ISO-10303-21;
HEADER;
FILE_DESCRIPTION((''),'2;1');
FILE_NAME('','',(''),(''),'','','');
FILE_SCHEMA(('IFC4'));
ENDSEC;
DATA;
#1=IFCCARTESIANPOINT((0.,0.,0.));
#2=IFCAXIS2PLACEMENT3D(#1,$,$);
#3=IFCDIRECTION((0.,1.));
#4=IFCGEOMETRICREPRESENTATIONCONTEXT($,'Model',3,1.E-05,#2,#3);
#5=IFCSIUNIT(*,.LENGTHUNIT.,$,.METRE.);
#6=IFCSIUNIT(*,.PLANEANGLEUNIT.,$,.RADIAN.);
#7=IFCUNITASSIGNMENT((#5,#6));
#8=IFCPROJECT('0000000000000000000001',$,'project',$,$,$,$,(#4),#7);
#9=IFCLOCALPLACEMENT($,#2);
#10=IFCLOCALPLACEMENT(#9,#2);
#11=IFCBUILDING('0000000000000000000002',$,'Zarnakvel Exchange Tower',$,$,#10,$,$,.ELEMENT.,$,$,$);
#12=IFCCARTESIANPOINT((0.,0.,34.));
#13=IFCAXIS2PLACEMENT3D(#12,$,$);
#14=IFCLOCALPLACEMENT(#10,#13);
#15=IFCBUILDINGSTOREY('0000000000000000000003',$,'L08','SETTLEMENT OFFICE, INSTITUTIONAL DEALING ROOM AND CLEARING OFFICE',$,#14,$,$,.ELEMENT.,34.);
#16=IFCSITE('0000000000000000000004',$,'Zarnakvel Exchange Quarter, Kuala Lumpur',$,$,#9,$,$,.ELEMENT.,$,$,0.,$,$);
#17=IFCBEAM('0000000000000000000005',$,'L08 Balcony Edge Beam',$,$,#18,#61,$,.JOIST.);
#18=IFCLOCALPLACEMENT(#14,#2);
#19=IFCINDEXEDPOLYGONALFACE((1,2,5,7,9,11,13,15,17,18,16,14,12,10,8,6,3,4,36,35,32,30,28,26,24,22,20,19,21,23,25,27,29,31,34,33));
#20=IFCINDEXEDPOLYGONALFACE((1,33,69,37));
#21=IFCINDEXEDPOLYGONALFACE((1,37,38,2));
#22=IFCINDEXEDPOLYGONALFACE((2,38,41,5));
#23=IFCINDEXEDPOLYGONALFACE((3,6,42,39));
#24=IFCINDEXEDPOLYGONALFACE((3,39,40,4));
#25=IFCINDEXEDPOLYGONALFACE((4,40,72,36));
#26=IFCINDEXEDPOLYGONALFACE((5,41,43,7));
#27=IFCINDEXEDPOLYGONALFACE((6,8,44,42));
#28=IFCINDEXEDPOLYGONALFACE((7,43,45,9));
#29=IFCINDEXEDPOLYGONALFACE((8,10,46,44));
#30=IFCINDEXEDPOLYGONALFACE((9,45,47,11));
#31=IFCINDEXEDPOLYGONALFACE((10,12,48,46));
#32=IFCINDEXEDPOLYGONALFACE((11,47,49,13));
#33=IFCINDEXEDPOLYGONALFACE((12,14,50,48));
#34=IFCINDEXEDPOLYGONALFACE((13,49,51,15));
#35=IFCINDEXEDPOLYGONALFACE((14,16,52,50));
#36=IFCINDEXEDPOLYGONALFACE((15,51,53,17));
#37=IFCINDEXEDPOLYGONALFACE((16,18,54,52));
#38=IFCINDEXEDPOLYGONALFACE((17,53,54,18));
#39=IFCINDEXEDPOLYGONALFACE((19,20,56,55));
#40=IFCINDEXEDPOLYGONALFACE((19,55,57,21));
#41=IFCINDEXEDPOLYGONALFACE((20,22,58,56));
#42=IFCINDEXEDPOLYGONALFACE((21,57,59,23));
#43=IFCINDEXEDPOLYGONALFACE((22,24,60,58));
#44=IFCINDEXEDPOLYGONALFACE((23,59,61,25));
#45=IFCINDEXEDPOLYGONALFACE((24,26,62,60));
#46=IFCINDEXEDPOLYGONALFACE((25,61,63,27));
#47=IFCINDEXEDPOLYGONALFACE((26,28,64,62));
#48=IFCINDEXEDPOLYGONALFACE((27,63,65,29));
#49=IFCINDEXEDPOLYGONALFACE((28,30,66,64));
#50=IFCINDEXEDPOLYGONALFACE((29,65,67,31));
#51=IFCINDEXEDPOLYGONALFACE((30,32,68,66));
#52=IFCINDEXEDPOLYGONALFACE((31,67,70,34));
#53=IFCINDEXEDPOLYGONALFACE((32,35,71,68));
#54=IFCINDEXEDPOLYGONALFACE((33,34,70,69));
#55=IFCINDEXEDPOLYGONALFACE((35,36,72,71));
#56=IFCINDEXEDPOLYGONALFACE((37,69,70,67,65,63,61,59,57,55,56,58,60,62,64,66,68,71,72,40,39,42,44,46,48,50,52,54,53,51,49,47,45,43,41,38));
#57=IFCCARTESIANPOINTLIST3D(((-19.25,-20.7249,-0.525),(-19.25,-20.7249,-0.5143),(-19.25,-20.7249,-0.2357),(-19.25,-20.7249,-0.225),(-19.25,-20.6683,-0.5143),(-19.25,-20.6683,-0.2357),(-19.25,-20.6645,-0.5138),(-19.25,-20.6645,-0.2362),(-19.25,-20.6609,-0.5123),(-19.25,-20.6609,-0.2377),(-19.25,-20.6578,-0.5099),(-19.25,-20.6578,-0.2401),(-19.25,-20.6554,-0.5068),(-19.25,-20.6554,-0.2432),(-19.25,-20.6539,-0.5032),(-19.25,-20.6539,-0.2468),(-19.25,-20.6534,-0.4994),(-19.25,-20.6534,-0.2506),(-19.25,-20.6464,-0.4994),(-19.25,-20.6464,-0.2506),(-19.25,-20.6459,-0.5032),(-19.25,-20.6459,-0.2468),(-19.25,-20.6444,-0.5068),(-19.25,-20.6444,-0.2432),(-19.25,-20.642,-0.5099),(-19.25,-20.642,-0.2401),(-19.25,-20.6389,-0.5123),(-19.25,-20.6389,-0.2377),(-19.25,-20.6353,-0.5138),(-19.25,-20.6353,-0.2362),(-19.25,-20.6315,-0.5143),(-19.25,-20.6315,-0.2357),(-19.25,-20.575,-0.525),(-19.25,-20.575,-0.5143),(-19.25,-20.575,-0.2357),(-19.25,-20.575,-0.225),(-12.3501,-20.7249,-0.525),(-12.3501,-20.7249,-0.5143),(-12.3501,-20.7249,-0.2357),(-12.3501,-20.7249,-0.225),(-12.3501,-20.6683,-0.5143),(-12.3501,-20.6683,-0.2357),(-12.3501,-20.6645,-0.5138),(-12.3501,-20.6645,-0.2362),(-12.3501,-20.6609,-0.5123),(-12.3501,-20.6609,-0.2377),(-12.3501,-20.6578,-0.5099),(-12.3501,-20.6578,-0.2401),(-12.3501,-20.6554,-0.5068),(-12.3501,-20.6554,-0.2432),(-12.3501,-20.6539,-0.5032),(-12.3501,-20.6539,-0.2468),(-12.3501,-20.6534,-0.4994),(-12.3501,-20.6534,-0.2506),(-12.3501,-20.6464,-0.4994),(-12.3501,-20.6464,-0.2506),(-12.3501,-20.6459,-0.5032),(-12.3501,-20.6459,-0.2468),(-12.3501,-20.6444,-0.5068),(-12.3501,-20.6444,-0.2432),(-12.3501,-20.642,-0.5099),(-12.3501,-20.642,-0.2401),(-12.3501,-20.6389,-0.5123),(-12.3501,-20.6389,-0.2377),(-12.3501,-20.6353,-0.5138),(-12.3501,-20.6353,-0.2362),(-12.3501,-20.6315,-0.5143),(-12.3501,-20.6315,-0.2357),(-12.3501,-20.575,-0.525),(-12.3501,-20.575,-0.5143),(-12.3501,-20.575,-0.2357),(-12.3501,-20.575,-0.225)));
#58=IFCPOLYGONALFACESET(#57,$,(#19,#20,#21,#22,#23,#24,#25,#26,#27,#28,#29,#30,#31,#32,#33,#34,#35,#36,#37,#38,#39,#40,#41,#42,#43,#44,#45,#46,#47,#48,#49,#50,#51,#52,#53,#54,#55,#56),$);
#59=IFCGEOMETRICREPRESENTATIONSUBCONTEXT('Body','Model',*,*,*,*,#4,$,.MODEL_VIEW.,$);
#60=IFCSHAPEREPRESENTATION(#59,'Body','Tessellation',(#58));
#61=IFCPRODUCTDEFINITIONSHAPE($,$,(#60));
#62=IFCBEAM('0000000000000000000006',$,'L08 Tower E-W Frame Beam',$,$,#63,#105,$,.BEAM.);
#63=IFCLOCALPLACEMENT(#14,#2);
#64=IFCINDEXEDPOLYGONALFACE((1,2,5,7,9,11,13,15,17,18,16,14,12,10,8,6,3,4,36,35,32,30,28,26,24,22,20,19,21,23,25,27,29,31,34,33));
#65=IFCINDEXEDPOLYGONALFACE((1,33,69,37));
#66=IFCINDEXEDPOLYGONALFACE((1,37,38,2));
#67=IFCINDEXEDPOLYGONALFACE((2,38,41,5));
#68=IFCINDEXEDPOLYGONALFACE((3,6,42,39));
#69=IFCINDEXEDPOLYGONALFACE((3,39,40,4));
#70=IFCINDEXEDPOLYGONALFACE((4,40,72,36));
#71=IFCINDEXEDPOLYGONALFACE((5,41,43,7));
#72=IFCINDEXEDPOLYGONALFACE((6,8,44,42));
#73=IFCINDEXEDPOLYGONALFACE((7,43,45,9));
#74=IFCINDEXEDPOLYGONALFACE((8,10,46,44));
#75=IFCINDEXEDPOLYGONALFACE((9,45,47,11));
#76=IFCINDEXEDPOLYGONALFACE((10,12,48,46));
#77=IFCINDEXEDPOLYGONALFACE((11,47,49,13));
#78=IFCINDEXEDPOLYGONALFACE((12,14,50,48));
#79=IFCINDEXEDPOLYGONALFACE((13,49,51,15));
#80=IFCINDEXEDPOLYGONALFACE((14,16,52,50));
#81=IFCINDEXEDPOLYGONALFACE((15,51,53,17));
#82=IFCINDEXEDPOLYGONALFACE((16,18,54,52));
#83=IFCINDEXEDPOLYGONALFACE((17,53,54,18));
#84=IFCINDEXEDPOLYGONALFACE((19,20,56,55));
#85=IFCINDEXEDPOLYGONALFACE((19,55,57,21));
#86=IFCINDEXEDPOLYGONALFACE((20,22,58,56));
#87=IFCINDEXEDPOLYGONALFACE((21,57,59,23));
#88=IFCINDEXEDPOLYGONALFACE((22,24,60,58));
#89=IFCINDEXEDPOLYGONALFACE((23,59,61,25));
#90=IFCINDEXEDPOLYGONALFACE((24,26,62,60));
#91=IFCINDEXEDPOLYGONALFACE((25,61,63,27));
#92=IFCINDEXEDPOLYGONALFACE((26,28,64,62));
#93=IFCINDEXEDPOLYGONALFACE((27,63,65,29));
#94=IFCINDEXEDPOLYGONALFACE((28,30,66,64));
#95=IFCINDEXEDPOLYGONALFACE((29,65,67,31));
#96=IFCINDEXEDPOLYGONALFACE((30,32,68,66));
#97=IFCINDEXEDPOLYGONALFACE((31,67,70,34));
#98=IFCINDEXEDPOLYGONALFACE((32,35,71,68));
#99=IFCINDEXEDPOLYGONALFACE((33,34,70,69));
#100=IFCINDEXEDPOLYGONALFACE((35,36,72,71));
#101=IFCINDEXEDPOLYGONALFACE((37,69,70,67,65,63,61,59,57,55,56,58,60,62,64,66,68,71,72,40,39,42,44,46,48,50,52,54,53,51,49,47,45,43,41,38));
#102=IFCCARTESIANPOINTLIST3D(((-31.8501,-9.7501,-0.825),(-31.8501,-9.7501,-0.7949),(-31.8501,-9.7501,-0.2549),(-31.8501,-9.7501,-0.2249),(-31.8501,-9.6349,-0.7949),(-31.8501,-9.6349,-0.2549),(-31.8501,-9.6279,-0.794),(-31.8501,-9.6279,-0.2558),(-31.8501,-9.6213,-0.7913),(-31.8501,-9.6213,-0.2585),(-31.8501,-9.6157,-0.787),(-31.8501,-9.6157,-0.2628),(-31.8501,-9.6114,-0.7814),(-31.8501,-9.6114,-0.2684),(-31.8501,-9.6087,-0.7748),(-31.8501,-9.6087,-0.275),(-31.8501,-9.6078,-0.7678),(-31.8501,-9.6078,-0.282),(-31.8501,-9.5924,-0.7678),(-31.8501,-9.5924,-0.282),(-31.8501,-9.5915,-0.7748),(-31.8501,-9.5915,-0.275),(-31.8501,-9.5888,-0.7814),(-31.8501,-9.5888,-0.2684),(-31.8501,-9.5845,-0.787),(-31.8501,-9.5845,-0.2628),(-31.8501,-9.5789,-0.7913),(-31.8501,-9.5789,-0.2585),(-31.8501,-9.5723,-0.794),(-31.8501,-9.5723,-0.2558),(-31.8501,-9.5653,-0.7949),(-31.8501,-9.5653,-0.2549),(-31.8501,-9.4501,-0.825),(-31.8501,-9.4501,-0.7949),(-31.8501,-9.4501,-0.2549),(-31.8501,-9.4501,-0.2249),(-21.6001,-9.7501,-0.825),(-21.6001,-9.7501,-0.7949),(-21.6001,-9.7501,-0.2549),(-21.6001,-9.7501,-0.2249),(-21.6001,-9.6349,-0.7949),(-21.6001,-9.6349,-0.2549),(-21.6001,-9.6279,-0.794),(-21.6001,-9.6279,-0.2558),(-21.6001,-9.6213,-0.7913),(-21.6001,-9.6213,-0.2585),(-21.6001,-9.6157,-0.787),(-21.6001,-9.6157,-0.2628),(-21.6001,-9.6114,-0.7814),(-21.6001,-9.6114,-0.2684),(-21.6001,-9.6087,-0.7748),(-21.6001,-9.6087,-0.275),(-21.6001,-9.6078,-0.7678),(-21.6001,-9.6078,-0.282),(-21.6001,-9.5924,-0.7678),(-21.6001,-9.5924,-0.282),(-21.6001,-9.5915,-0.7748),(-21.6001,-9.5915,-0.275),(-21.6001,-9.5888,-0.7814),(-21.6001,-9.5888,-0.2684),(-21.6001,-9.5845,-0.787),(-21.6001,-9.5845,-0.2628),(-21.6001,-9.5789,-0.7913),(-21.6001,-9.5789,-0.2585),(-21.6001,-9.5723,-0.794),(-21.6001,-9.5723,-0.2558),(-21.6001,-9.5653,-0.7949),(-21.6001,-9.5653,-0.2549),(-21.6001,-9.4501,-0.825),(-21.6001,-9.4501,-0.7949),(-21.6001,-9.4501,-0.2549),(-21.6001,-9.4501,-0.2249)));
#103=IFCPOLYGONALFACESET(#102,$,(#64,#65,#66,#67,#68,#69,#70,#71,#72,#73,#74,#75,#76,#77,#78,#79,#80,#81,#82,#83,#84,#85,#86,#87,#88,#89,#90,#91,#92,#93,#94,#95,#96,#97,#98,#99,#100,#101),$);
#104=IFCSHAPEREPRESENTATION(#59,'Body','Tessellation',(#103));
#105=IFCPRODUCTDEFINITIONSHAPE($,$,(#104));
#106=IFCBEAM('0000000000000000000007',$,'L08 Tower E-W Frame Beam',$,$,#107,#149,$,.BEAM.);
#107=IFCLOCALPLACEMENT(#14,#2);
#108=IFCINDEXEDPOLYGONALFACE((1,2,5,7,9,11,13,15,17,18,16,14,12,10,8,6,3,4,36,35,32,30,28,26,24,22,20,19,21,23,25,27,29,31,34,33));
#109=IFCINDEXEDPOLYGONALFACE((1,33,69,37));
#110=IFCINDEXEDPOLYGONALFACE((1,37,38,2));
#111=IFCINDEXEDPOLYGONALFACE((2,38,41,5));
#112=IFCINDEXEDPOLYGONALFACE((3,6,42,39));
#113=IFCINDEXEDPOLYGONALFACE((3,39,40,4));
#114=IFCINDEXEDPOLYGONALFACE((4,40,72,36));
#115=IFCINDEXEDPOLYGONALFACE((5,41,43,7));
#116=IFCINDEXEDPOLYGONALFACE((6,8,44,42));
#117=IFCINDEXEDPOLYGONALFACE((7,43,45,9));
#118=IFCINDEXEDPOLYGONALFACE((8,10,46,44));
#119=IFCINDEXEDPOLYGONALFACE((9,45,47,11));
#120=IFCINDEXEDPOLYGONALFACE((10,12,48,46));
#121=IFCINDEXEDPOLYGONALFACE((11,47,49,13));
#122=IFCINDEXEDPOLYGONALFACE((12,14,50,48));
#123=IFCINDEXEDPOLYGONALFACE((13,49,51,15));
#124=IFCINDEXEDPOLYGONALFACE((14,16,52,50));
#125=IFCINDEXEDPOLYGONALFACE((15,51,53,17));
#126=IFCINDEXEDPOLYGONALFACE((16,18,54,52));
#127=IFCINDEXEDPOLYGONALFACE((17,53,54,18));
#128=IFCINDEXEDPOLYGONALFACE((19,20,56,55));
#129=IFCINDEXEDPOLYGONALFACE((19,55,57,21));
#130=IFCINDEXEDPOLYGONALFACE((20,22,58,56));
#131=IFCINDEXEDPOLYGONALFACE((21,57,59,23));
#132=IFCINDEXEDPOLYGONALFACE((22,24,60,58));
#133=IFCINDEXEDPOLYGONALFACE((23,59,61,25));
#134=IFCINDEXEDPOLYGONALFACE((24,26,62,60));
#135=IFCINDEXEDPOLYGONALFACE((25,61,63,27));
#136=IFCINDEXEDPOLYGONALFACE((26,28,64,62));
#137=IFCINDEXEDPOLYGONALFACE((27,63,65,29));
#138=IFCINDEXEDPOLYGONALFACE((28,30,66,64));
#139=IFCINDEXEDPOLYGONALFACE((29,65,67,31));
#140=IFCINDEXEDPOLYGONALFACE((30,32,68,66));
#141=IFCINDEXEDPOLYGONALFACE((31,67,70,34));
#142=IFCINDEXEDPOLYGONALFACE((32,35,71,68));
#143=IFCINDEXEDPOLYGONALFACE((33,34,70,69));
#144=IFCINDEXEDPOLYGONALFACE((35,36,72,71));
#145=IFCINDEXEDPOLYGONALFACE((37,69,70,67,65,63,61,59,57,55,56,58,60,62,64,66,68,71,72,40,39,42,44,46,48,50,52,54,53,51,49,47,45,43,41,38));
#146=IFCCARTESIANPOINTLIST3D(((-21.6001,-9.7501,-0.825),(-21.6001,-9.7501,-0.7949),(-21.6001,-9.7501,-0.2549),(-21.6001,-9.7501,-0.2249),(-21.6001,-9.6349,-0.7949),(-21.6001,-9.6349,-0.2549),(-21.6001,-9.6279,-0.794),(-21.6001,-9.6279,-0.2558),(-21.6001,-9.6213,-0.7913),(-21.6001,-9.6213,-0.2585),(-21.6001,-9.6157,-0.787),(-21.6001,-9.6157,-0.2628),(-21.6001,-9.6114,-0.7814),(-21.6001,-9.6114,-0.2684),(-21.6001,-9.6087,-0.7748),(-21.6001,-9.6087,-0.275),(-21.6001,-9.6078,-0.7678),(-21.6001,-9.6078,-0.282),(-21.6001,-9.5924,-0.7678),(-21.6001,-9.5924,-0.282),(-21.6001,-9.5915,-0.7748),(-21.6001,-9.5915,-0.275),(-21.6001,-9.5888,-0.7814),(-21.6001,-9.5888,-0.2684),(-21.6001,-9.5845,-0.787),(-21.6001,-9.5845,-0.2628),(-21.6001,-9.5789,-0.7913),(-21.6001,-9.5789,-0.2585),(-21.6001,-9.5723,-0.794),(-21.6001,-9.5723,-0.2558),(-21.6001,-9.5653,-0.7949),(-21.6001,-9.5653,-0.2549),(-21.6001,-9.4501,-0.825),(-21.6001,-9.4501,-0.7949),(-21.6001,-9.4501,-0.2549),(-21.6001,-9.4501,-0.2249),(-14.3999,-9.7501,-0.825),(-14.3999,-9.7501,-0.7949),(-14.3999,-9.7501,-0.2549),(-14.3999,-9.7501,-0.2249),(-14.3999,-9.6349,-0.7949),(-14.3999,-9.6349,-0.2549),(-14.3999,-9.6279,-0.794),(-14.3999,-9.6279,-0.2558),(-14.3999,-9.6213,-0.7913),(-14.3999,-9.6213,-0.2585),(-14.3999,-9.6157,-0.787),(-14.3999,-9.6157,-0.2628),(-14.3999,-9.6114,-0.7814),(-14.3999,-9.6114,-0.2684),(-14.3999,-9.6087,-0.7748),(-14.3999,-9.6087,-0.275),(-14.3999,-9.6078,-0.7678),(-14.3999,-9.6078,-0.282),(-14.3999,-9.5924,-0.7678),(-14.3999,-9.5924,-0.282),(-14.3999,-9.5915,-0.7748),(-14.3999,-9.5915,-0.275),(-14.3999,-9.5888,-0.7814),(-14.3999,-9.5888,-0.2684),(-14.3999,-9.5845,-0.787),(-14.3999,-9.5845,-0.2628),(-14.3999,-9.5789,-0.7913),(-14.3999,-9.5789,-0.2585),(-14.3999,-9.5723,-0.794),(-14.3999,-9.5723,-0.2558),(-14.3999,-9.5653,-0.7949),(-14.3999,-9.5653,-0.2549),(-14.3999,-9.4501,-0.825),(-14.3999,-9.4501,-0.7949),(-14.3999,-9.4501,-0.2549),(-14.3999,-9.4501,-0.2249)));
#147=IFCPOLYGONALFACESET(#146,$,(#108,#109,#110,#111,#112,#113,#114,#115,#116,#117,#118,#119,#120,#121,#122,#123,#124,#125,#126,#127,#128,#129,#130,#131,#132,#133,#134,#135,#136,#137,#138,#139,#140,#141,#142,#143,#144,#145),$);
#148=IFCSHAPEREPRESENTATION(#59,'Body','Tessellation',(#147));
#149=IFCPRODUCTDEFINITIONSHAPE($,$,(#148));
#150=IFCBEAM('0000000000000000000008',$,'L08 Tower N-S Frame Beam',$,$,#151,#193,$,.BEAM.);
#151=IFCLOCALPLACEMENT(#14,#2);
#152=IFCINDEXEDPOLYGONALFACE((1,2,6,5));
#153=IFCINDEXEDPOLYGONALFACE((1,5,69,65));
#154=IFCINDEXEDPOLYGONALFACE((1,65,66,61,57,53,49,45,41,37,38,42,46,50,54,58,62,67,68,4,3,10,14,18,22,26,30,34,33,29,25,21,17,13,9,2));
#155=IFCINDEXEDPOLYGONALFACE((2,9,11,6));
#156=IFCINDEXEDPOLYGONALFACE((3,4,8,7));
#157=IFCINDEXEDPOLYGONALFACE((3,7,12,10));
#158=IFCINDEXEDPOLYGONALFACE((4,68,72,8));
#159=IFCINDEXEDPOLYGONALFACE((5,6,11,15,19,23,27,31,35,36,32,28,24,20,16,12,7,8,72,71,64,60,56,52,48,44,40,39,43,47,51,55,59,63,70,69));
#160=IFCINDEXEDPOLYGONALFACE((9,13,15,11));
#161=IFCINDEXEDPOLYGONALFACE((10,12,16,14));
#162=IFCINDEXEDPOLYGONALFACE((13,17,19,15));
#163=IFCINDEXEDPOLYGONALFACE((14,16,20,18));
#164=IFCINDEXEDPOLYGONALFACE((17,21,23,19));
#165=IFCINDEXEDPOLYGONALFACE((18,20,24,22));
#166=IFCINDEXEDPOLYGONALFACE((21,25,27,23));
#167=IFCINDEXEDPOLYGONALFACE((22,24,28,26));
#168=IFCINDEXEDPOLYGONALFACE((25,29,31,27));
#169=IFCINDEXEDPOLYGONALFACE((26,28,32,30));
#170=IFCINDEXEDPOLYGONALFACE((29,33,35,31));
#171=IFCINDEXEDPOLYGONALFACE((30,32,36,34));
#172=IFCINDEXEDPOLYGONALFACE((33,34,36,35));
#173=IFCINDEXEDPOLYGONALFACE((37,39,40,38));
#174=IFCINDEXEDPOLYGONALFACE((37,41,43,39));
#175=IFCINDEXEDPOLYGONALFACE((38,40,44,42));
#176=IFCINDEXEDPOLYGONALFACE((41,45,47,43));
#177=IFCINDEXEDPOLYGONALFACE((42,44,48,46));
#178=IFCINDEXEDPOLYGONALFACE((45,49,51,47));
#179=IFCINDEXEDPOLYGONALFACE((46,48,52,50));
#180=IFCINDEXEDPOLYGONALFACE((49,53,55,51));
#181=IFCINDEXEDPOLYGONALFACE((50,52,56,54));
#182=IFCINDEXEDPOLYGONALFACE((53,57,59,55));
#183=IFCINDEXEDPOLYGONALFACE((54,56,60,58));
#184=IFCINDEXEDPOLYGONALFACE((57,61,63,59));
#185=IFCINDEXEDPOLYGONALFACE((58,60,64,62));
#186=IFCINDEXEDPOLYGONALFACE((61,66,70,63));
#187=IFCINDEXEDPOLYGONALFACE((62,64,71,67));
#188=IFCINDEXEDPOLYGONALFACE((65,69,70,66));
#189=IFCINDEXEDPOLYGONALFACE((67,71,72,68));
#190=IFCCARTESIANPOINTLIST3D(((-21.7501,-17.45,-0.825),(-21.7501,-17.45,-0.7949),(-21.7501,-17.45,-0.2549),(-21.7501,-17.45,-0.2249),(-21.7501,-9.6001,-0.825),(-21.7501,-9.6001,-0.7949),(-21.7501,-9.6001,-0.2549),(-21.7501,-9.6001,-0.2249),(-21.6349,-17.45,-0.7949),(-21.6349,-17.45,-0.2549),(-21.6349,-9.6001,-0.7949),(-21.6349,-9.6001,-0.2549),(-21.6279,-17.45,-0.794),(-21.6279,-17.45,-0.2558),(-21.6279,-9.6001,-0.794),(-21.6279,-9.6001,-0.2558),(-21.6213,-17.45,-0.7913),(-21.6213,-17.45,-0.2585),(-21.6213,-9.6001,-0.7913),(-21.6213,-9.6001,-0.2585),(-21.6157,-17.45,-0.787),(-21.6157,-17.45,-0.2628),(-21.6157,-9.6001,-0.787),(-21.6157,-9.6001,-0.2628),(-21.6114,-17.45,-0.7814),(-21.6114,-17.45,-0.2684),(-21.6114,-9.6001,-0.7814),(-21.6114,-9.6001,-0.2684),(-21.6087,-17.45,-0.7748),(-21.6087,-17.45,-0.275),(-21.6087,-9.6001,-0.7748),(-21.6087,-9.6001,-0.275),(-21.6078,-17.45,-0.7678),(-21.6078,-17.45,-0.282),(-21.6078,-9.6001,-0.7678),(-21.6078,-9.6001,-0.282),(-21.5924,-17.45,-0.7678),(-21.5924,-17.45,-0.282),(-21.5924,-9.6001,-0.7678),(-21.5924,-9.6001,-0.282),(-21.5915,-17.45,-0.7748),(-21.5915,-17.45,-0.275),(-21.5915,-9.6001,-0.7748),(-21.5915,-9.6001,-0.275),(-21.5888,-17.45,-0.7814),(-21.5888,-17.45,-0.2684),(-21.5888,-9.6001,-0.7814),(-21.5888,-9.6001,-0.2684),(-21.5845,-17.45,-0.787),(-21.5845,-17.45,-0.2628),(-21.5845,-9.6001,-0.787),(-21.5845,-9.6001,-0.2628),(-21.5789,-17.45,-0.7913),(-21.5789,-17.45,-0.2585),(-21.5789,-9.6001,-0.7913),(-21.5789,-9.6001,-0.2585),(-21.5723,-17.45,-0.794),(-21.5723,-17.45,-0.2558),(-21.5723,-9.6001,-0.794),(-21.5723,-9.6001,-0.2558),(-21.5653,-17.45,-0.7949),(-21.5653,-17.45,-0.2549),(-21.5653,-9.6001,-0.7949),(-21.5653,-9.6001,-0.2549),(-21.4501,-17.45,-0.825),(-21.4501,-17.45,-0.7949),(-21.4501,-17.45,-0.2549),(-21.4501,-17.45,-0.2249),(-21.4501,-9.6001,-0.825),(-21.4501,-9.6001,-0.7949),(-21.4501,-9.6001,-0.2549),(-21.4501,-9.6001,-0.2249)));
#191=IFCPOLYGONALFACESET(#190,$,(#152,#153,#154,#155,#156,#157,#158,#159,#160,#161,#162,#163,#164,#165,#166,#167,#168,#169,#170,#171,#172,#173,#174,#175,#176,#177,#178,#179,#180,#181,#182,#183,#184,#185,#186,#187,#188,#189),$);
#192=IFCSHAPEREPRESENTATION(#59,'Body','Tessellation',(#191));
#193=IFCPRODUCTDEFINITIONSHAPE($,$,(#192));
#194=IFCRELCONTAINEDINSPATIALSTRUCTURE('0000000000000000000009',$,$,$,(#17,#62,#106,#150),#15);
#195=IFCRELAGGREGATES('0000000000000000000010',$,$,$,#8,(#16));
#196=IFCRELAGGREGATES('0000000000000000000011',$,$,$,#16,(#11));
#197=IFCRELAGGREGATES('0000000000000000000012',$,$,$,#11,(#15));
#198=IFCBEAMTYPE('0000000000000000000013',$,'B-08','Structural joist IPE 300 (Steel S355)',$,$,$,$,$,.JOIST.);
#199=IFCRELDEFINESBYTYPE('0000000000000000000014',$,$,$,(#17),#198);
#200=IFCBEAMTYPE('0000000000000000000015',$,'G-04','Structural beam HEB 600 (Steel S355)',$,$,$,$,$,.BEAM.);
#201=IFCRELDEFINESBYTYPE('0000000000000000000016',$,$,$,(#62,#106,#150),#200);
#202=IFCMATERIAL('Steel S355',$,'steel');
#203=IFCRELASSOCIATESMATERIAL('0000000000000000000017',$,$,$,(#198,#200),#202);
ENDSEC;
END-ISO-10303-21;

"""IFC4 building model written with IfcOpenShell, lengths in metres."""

from ifc_helpers import new_model, si_unit, direction, frame, origin, origin_2d, place, context, subcontext, project, spatial, i_section, extrude, material, material_profile, profile_set, type_object, element, save


model = new_model("IFC4")

# Units and contexts
model_context = context("Model", 3, precision=1e-05, world=origin(), true_north=direction((0.0, 1.0)))
body_context = subcontext(model_context, "Body", "Model", "MODEL_VIEW")
ifc_project = project(units=[si_unit("LENGTHUNIT", "METRE"), si_unit("PLANEANGLEUNIT", "RADIAN")], contexts=[model_context])

# Site, building, storey
site_placement = place(None, origin())
site = spatial("IfcSite", under=ifc_project, at=site_placement, Name="Zarnakvel Exchange Quarter, Kuala Lumpur", CompositionType="ELEMENT", RefElevation=0.0)
building_placement = place(site_placement, origin())
building = spatial("IfcBuilding", under=site, at=building_placement, Name="Zarnakvel Exchange Tower", CompositionType="ELEMENT")
storey_placement = place(building_placement, frame((0.0, 0.0, 34.0)))
storey = spatial("IfcBuildingStorey", under=building, at=storey_placement, Name="L08", Description="SETTLEMENT OFFICE, INSTITUTIONAL DEALING ROOM AND CLEARING OFFICE", CompositionType="ELEMENT", Elevation=34.0)

# Shared definitions
ifc_material_1 = material(Name="Steel S355", Category="steel")

# Beams
ifc_material_profile_1 = material_profile(ifc_material_1, i_section(OverallWidth=0.1499, OverallDepth=0.3, WebThickness=0.0071, FlangeThickness=0.0107, FilletRadius=0.0149, at=origin_2d()))
ifc_profile_set_1 = profile_set([ifc_material_profile_1], Name="Steel S355")
beam_type_1 = type_object("IfcBeamType", Name="B-08", Description="Structural joist IPE 300 (Steel S355)", PredefinedType="JOIST", material=ifc_profile_set_1)
beam_1_placement = place(storey_placement, frame((-19.25, -20.6499, -0.375), z_axis=(1.0, 0.0, 0.0), x_axis=(0.0, 1.0, 0.0)))
element("IfcBeam", 1, at=beam_1_placement, inside=storey, type_object=beam_type_1, Name="L08 Balcony Edge Beam", PredefinedType="JOIST", context=body_context, shape_type="SweptSolid", body=[
    extrude(i_section(OverallWidth=0.1499, OverallDepth=0.3, WebThickness=0.0071, FlangeThickness=0.0107, FilletRadius=0.0149, at=origin_2d()), origin(), (0.0, 0.0, 1.0), 6.8999),
])
ifc_material_profile_2 = material_profile(ifc_material_1, i_section(OverallWidth=0.3, OverallDepth=0.6001, WebThickness=0.0154, FlangeThickness=0.03, FilletRadius=0.0271, at=origin_2d()))
ifc_profile_set_2 = profile_set([ifc_material_profile_2], Name="Steel S355")
beam_type_2 = type_object("IfcBeamType", Name="G-04", Description="Structural beam HEB 600 (Steel S355)", PredefinedType="BEAM", material=ifc_profile_set_2)
beam_2_placement = place(storey_placement, frame((-31.8501, -9.6001, -0.5249), z_axis=(1.0, 0.0, 0.0), x_axis=(0.0, 1.0, 0.0)))
element("IfcBeam", 2, at=beam_2_placement, inside=storey, type_object=beam_type_2, Name="L08 Tower E-W Frame Beam", PredefinedType="BEAM", context=body_context, shape_type="SweptSolid", body=[
    extrude(i_section(OverallWidth=0.3, OverallDepth=0.6001, WebThickness=0.0154, FlangeThickness=0.03, FilletRadius=0.0271, at=origin_2d()), origin(), (0.0, 0.0, 1.0), 10.25),
])
beam_3_placement = place(storey_placement, frame((-21.6001, -9.6001, -0.5249), z_axis=(1.0, 0.0, 0.0), x_axis=(0.0, 1.0, 0.0)))
element("IfcBeam", 3, at=beam_3_placement, inside=storey, type_object=beam_type_2, Name="L08 Tower E-W Frame Beam", PredefinedType="BEAM", context=body_context, shape_type="SweptSolid", body=[
    extrude(i_section(OverallWidth=0.3, OverallDepth=0.6001, WebThickness=0.0154, FlangeThickness=0.03, FilletRadius=0.0271, at=origin_2d()), origin(), (0.0, 0.0, 1.0), 7.2002),
])
beam_4_placement = place(storey_placement, frame((-21.6001, -17.45, -0.5249), z_axis=(0.0, 1.0, 0.0), x_axis=(-1.0, 0.0, 0.0)))
element("IfcBeam", 4, at=beam_4_placement, inside=storey, type_object=beam_type_2, Name="L08 Tower N-S Frame Beam", PredefinedType="BEAM", context=body_context, shape_type="SweptSolid", body=[
    extrude(i_section(OverallWidth=0.3, OverallDepth=0.6001, WebThickness=0.0154, FlangeThickness=0.03, FilletRadius=0.0271, at=origin_2d()), origin(), (0.0, 0.0, 1.0), 7.8499),
])

save(model, "model.ifc")
